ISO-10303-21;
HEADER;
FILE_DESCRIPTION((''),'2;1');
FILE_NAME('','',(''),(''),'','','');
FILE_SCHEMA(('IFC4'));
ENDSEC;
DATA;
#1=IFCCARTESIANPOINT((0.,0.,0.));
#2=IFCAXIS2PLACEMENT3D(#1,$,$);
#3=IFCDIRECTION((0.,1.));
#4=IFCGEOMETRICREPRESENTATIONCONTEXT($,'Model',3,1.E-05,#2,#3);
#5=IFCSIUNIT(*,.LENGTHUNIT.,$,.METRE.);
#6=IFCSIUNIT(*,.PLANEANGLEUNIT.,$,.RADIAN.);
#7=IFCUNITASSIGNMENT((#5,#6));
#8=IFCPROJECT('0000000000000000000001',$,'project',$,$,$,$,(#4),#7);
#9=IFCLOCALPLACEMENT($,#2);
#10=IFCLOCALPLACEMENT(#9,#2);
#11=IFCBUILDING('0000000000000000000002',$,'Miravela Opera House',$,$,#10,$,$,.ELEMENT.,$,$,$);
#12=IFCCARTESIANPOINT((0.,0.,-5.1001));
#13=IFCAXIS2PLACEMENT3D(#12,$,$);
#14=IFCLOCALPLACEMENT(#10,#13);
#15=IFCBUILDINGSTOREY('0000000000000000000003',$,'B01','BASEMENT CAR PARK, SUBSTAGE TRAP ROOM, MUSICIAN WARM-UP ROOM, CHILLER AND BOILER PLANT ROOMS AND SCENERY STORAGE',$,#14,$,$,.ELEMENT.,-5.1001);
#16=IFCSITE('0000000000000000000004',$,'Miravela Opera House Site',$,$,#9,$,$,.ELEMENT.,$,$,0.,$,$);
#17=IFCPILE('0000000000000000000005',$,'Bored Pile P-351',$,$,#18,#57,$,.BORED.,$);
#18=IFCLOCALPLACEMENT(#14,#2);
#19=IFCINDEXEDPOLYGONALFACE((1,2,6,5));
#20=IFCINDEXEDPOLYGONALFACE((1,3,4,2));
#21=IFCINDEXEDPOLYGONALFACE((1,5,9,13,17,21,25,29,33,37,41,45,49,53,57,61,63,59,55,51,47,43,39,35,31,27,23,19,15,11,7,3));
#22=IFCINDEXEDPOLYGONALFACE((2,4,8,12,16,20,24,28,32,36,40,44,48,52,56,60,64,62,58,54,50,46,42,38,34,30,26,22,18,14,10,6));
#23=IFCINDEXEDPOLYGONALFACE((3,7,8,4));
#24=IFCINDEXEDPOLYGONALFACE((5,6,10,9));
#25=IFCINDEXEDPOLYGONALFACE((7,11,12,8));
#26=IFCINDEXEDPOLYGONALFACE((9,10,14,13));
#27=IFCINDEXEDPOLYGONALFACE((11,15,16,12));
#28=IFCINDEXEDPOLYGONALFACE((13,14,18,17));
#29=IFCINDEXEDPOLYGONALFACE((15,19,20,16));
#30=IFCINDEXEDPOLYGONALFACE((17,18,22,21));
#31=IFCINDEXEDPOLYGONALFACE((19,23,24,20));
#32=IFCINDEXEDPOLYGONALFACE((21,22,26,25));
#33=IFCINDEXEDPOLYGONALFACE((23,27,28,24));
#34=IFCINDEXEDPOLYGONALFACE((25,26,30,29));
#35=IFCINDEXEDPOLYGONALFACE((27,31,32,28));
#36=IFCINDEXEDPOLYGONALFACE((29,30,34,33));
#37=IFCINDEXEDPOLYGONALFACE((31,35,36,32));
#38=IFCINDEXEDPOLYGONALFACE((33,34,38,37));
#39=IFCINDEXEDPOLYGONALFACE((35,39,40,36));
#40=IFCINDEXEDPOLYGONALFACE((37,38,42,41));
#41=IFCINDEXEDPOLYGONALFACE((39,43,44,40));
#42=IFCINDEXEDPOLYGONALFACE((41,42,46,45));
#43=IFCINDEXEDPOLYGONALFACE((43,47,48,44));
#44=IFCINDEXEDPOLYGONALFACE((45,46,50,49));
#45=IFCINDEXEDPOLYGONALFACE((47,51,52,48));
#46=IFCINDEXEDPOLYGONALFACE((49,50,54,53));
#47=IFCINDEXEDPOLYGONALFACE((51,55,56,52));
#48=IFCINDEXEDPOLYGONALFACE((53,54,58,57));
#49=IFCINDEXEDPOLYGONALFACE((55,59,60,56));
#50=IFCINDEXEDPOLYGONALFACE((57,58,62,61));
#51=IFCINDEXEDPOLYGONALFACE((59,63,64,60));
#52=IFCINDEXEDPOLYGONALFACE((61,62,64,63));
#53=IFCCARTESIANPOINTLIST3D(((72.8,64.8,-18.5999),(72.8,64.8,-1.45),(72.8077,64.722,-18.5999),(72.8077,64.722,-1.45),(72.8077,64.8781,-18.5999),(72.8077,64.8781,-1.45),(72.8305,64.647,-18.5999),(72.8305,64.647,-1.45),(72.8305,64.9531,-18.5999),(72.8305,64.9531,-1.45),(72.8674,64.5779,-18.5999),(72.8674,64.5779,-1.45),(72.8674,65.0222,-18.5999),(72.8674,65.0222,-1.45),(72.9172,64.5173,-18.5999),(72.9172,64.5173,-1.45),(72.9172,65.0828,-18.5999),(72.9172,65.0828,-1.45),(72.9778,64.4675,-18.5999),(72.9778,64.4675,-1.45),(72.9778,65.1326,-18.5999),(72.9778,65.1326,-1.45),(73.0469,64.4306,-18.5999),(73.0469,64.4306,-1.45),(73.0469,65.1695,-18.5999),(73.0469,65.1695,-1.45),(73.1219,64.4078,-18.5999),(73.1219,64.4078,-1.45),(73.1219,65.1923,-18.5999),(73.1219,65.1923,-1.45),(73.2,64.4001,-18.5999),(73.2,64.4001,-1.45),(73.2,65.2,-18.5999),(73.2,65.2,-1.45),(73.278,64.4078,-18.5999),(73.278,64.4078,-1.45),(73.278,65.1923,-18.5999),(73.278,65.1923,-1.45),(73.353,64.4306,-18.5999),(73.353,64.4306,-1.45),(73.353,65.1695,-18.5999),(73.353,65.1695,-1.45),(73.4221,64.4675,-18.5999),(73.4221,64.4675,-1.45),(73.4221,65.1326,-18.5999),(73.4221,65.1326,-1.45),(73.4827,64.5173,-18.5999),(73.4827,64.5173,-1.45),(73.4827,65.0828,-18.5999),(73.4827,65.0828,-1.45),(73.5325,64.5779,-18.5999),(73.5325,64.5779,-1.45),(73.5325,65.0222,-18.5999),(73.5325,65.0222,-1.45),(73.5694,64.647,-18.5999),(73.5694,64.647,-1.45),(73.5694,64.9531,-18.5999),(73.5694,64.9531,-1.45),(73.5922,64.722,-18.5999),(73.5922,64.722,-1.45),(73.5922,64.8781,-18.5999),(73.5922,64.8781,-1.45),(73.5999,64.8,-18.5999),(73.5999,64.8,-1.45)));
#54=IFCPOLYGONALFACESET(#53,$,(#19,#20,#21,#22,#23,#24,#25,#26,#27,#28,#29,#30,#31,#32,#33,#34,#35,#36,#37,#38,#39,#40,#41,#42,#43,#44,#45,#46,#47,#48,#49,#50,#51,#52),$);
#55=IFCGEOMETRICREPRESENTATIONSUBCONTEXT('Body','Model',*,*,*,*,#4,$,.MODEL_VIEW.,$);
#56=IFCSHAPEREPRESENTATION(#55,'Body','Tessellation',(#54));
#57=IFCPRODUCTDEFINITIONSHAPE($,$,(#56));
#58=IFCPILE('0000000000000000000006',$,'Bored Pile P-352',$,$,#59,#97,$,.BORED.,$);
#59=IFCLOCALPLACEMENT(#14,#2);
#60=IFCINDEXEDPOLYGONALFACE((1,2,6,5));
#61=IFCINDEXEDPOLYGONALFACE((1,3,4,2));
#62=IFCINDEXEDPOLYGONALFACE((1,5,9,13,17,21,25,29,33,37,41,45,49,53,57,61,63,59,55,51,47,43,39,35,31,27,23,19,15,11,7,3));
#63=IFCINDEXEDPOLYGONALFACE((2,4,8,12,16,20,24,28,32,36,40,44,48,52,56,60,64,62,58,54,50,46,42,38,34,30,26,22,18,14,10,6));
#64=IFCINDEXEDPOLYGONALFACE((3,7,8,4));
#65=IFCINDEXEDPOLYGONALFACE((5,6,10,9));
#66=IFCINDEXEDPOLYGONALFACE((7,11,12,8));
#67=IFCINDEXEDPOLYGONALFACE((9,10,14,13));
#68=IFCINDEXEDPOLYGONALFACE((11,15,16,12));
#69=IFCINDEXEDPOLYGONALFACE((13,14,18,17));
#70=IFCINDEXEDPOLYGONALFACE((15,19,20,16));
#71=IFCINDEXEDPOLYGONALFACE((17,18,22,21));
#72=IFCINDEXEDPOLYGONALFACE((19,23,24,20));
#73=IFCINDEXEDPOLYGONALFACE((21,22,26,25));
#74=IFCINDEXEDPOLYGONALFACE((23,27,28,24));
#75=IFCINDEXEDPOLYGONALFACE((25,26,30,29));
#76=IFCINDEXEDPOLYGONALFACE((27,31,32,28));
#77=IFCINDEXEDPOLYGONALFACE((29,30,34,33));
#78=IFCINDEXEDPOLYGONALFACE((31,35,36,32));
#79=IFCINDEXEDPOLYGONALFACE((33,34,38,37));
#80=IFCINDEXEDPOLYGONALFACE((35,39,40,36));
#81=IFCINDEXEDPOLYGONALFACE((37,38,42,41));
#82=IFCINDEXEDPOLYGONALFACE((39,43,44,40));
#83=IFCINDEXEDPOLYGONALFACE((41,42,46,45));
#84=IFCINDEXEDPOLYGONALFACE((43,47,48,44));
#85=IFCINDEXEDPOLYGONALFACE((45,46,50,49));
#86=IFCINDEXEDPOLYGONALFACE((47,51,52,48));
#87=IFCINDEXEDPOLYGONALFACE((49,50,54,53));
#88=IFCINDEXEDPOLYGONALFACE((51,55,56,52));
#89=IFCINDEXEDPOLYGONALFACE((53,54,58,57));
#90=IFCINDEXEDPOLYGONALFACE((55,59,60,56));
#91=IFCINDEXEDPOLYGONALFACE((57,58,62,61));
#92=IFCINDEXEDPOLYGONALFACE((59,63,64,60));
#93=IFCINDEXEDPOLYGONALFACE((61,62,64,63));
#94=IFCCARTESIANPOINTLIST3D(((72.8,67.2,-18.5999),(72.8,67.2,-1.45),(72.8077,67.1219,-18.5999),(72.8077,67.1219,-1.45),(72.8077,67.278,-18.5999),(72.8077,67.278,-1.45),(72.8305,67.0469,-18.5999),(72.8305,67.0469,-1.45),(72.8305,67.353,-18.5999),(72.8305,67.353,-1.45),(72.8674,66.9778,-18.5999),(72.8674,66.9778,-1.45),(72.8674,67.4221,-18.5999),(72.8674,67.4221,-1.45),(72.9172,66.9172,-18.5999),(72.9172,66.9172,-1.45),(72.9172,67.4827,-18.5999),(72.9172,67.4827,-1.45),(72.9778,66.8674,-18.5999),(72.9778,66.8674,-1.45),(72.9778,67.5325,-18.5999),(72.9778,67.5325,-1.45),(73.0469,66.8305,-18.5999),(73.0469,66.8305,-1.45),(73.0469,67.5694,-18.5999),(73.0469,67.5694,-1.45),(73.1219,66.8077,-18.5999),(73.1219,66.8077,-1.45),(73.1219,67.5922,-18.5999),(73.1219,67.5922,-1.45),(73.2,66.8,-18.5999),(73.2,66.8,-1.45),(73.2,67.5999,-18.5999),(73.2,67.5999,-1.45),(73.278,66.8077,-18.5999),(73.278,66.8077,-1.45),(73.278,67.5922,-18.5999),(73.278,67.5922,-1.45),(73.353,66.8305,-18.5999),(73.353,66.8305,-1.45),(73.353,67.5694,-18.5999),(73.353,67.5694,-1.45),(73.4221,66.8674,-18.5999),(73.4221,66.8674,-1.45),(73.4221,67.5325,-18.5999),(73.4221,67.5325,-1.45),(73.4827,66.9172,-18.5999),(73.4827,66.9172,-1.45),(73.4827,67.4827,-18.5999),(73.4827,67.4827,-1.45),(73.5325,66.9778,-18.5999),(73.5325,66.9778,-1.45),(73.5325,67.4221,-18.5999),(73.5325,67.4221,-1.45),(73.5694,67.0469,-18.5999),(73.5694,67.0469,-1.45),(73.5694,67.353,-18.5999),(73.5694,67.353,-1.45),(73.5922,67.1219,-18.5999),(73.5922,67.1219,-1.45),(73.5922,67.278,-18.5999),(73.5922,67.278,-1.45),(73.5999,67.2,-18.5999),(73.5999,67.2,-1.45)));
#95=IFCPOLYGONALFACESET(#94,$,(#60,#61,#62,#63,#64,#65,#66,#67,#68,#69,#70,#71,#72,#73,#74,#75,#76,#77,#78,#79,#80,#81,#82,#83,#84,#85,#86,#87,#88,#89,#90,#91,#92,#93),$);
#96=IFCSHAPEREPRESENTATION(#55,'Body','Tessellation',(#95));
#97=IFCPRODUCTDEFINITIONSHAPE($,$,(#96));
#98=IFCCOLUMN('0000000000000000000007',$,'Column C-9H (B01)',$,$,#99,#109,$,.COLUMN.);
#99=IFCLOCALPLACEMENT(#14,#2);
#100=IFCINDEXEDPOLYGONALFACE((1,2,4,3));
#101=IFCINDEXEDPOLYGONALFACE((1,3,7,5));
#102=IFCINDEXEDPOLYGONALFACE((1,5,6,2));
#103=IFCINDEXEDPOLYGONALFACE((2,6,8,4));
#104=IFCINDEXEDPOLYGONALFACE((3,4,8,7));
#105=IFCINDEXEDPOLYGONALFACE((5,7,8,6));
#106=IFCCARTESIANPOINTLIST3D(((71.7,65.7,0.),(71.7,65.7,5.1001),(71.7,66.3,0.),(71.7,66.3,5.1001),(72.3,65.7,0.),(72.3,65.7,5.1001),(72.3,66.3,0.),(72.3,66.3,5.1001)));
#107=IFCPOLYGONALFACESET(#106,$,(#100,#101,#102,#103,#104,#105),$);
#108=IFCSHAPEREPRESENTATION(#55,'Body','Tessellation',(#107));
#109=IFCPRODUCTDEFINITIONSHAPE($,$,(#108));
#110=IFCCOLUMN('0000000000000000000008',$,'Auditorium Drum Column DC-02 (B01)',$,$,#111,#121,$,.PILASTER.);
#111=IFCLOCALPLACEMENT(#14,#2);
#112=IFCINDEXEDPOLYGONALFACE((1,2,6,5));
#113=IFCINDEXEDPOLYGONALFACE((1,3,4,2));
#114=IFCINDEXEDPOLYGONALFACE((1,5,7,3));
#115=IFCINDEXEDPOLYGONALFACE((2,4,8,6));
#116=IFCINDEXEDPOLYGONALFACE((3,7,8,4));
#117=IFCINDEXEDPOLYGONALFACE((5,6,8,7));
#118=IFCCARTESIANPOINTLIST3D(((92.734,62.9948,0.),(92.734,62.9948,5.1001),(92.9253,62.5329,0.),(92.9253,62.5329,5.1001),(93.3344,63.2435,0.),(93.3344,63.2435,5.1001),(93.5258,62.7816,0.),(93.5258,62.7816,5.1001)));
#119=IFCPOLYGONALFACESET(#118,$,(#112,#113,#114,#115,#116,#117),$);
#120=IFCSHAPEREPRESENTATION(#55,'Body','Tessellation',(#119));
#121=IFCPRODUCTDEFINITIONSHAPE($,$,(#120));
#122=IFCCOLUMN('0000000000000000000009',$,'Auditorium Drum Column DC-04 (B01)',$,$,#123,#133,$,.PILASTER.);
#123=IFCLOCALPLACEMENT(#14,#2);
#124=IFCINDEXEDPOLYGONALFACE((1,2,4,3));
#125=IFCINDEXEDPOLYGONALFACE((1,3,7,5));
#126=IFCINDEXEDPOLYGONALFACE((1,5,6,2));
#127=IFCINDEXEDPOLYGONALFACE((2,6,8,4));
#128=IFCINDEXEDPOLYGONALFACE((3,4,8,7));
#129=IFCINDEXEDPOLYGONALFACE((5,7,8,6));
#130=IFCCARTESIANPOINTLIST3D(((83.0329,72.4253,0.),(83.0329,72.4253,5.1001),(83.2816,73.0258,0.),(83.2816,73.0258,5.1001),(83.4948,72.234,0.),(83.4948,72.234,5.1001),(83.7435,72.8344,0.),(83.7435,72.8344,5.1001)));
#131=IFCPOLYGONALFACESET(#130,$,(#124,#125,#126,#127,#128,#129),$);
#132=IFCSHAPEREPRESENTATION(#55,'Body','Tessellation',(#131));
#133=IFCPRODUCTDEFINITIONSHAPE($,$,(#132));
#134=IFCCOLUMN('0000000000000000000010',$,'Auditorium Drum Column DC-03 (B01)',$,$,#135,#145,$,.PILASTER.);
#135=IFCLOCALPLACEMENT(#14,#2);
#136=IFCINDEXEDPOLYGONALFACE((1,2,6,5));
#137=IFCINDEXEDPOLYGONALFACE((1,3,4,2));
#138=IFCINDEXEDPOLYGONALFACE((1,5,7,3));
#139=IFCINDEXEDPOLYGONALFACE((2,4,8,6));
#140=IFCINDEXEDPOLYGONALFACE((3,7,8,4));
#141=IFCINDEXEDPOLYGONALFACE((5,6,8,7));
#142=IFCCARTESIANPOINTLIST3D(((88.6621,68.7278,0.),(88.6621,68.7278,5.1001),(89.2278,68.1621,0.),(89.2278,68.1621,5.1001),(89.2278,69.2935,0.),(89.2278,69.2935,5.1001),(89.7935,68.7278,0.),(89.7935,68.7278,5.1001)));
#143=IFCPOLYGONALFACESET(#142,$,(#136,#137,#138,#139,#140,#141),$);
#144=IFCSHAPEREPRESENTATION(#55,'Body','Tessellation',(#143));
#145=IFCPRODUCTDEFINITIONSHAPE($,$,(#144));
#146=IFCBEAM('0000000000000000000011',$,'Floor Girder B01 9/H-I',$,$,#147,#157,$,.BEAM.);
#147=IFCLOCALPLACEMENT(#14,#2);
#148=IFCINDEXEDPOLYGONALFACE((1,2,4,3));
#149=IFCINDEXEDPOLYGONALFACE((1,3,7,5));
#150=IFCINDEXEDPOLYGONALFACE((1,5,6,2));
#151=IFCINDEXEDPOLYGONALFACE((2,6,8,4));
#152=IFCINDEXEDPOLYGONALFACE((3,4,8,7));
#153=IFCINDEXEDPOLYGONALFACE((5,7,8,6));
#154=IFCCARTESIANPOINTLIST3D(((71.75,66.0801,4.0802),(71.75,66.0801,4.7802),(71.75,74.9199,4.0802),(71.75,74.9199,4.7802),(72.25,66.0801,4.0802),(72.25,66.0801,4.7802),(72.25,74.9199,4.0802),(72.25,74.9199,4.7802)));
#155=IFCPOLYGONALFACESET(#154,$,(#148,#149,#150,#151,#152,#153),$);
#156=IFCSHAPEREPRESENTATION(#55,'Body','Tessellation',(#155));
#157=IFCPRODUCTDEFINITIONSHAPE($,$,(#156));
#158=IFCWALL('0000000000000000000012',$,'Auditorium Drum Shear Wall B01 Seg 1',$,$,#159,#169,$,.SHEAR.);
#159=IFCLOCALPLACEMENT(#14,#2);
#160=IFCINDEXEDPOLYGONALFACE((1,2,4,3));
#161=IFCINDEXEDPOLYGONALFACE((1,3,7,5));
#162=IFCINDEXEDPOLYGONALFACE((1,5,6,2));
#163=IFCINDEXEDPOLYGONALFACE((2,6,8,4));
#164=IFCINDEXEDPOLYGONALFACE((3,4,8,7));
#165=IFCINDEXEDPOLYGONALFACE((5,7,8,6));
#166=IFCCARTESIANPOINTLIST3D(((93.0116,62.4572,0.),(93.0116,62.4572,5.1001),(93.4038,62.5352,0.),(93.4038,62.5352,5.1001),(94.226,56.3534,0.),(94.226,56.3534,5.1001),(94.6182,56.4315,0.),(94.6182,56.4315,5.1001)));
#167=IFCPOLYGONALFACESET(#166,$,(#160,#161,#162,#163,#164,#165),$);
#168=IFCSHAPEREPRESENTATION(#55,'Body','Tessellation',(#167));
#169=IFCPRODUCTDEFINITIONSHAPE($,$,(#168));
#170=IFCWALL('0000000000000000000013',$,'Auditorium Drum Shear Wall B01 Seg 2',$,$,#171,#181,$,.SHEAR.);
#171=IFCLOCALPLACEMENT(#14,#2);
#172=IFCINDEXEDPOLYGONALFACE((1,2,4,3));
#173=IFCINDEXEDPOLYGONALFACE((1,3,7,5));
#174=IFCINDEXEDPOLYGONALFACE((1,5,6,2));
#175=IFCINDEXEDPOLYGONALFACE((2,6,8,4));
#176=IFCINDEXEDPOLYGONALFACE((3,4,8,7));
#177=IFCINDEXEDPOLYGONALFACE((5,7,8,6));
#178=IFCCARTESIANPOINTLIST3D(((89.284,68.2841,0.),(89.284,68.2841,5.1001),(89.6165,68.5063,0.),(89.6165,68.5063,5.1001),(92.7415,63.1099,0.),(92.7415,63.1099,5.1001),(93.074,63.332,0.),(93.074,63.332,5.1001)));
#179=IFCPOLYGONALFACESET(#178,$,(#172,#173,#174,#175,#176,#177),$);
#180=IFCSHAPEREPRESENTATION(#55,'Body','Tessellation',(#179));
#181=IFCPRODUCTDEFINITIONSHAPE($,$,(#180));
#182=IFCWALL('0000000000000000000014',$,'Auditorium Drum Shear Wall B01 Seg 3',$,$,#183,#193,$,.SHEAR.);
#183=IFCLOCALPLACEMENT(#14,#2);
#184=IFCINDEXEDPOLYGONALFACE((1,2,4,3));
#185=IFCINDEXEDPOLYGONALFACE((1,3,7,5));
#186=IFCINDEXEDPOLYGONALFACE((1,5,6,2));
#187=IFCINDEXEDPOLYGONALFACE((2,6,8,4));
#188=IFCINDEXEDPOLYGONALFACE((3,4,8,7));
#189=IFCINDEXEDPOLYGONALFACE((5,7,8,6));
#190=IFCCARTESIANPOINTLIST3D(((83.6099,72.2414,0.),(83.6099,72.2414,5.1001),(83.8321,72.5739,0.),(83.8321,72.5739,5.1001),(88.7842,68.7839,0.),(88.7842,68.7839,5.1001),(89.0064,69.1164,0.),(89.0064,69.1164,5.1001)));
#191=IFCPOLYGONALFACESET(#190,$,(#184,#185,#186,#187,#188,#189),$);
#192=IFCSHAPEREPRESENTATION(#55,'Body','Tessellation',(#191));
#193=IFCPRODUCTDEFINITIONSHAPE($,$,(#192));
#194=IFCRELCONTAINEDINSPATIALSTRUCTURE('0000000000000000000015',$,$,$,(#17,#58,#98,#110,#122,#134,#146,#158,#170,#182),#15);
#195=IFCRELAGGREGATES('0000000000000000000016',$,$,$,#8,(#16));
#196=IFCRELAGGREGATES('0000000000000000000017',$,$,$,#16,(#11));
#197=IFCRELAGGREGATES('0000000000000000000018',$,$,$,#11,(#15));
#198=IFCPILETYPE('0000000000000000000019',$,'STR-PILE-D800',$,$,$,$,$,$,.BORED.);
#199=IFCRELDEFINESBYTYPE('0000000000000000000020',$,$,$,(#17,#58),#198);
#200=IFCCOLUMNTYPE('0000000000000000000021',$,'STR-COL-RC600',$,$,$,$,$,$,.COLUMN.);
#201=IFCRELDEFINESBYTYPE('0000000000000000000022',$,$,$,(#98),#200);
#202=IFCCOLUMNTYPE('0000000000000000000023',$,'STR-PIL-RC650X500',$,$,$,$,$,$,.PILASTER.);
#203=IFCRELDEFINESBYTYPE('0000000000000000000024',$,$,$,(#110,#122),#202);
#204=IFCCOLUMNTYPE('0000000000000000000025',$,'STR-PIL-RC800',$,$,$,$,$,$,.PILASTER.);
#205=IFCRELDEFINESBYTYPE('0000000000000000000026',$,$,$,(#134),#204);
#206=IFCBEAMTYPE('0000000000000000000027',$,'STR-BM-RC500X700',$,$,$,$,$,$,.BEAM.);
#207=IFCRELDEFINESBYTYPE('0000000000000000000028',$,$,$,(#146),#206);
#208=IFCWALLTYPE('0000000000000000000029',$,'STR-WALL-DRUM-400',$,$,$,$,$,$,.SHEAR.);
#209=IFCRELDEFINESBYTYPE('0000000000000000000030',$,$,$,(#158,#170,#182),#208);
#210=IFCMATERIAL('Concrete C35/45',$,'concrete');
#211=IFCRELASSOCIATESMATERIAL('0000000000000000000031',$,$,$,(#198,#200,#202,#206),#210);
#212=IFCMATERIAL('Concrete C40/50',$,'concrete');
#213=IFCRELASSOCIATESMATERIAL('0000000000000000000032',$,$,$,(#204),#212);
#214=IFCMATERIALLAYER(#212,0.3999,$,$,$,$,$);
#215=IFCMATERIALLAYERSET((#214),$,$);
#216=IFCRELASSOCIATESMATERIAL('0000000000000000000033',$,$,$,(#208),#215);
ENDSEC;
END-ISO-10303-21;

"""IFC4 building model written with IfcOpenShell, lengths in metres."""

from ifc_helpers import new_model, si_unit, direction, frame, frame_2d, origin, origin_2d, place, context, subcontext, project, spatial, rectangle, circle, extrude, material, layer, layer_set, material_profile, profile_set, type_object, element, save


model = new_model("IFC4")

# Units and contexts
model_context = context("Model", 3, precision=1e-05, world=origin(), true_north=direction((0.0, 1.0)))
body_context = subcontext(model_context, "Body", "Model", "MODEL_VIEW")
ifc_project = project(units=[si_unit("LENGTHUNIT", "METRE"), si_unit("PLANEANGLEUNIT", "RADIAN")], contexts=[model_context])

# Site, building, storey
site_placement = place(None, origin())
site = spatial("IfcSite", under=ifc_project, at=site_placement, Name="Miravela Opera House Site", CompositionType="ELEMENT", RefElevation=0.0)
building_placement = place(site_placement, origin())
building = spatial("IfcBuilding", under=site, at=building_placement, Name="Miravela Opera House", CompositionType="ELEMENT")
storey_placement = place(building_placement, frame((0.0, 0.0, -5.1001)))
storey = spatial("IfcBuildingStorey", under=building, at=storey_placement, Name="B01", Description="BASEMENT CAR PARK, SUBSTAGE TRAP ROOM, MUSICIAN WARM-UP ROOM, CHILLER AND BOILER PLANT ROOMS AND SCENERY STORAGE", CompositionType="ELEMENT", Elevation=-5.1001)

# Shared definitions
ifc_material_1 = material(Name="Concrete C35/45", Category="concrete")

# Piles
ifc_material_profile_1 = material_profile(ifc_material_1, circle(Radius=0.3999, at=origin_2d()), Name="PILE-D800")
ifc_profile_set_1 = profile_set([ifc_material_profile_1])
pile_type_1 = type_object("IfcPileType", Name="STR-PILE-D800", PredefinedType="BORED", material=ifc_profile_set_1)
for number, where, z_axis, x_axis, name in (
    (1, (73.2, 64.8, -1.45), (0.0, 0.0, -1.0), (1.0, 0.0, 0.0), "Bored Pile P-351"),
    (2, (73.2, 67.2, -1.45), (0.0, 0.0, -1.0), (1.0, 0.0, 0.0), "Bored Pile P-352"),
):
    element("IfcPile", number, at=place(storey_placement, frame(where, z_axis=z_axis, x_axis=x_axis)), inside=storey, type_object=pile_type_1, Name=name, PredefinedType="BORED", context=body_context, shape_type="SweptSolid", body=[
        extrude(circle(Radius=0.3999, at=origin_2d()), origin(), (0.0, 0.0, 1.0), 17.1499),
    ])

# Columns
ifc_material_profile_2 = material_profile(ifc_material_1, rectangle(XDim=0.6001, YDim=0.6001, at=origin_2d()), Name="RC-COL-600X600")
ifc_profile_set_2 = profile_set([ifc_material_profile_2])
column_type_1 = type_object("IfcColumnType", Name="STR-COL-RC600", PredefinedType="COLUMN", material=ifc_profile_set_2)
column_1_placement = place(storey_placement, frame((72.0, 66.0, 0.0), z_axis=(0.0, 0.0, 1.0), x_axis=(1.0, 0.0, 0.0)))
element("IfcColumn", 3, at=column_1_placement, inside=storey, type_object=column_type_1, Name="Column C-9H (B01)", PredefinedType="COLUMN", context=body_context, shape_type="SweptSolid", body=[
    extrude(rectangle(XDim=0.6001, YDim=0.6001, at=origin_2d()), origin(), (0.0, 0.0, 1.0), 5.1001),
])
ifc_material_profile_3 = material_profile(ifc_material_1, rectangle(XDim=0.6499, YDim=0.5, at=origin_2d()), Name="RC-PIL-650X500")
ifc_profile_set_3 = profile_set([ifc_material_profile_3])
column_type_2 = type_object("IfcColumnType", Name="STR-PIL-RC650X500", PredefinedType="PILASTER", material=ifc_profile_set_3)
for number, where, z_axis, x_axis, name in (
    (4, (93.1299, 62.8882, 0.0), (0.0, 0.0, 1.0), (0.92388, 0.382683, 0.0), "Auditorium Drum Column DC-02 (B01)"),
    (5, (83.3882, 72.6299, 0.0), (0.0, 0.0, 1.0), (0.382683, 0.92388, 0.0), "Auditorium Drum Column DC-04 (B01)"),
):
    element("IfcColumn", number, at=place(storey_placement, frame(where, z_axis=z_axis, x_axis=x_axis)), inside=storey, type_object=column_type_2, Name=name, PredefinedType="PILASTER", context=body_context, shape_type="SweptSolid", body=[
        extrude(rectangle(XDim=0.6499, YDim=0.5, at=origin_2d()), origin(), (0.0, 0.0, 1.0), 5.1001),
    ])
ifc_material_2 = material(Name="Concrete C40/50", Category="concrete")
ifc_material_profile_4 = material_profile(ifc_material_2, rectangle(XDim=0.8, YDim=0.8, at=origin_2d()), Name="RC-COL-800X800")
ifc_profile_set_4 = profile_set([ifc_material_profile_4])
column_type_3 = type_object("IfcColumnType", Name="STR-PIL-RC800", PredefinedType="PILASTER", material=ifc_profile_set_4)
column_2_placement = place(storey_placement, frame((89.2278, 68.7278, 0.0), z_axis=(0.0, 0.0, 1.0), x_axis=(0.707107, 0.707107, 0.0)))
element("IfcColumn", 6, at=column_2_placement, inside=storey, type_object=column_type_3, Name="Auditorium Drum Column DC-03 (B01)", PredefinedType="PILASTER", context=body_context, shape_type="SweptSolid", body=[
    extrude(rectangle(XDim=0.8, YDim=0.8, at=origin_2d()), origin(), (0.0, 0.0, 1.0), 5.1001),
])

# Beam
ifc_material_profile_5 = material_profile(ifc_material_1, rectangle(XDim=0.5, YDim=0.7, at=origin_2d()), Name="RC-BM-500X700")
ifc_profile_set_5 = profile_set([ifc_material_profile_5])
beam_type = type_object("IfcBeamType", Name="STR-BM-RC500X700", PredefinedType="BEAM", material=ifc_profile_set_5)
beam_placement = place(storey_placement, frame((72.0, 66.0801, 4.4302), z_axis=(0.0, 1.0, 0.0), x_axis=(-1.0, 0.0, 0.0)))
element("IfcBeam", 7, at=beam_placement, inside=storey, type_object=beam_type, Name="Floor Girder B01 9/H-I", PredefinedType="BEAM", context=body_context, shape_type="SweptSolid", body=[
    extrude(rectangle(XDim=0.5, YDim=0.7, at=origin_2d()), origin(), (0.0, 0.0, 1.0), 8.8398),
])

# Walls
ifc_layer_1 = layer(ifc_material_2, 0.3999)
ifc_layer_set_1 = layer_set([ifc_layer_1])
wall_type_1 = type_object("IfcWallType", Name="STR-WALL-DRUM-400", PredefinedType="SHEAR", material=ifc_layer_set_1)
wall_1_placement = place(storey_placement, frame((94.4221, 56.3923, 0.0), z_axis=(0.0, 0.0, 1.0), x_axis=(-0.195128, 0.980778, 0.0)))
element("IfcWall", 8, at=wall_1_placement, inside=storey, type_object=wall_type_1, Name="Auditorium Drum Shear Wall B01 Seg 1", PredefinedType="SHEAR", context=body_context, shape_type="SweptSolid", body=[
    extrude(rectangle(XDim=6.2234, YDim=0.3999, at=frame_2d((3.1118, 0.0))), origin(), (0.0, 0.0, 1.0), 5.1001),
])
for number, where, z_axis, x_axis, name in (
    (9, (92.9077, 63.2209, 0.0), (0.0, 0.0, 1.0), (-0.555587, 0.831458, 0.0), "Auditorium Drum Shear Wall B01 Seg 2"),
    (10, (88.8953, 68.9502, 0.0), (0.0, 0.0, 1.0), (-0.831458, 0.555587, 0.0), "Auditorium Drum Shear Wall B01 Seg 3"),
):
    element("IfcWall", number, at=place(storey_placement, frame(where, z_axis=z_axis, x_axis=x_axis)), inside=storey, type_object=wall_type_1, Name=name, PredefinedType="SHEAR", context=body_context, shape_type="SweptSolid", body=[
        extrude(rectangle(XDim=6.2231, YDim=0.3999, at=frame_2d((3.1116, 0.0))), origin(), (0.0, 0.0, 1.0), 5.1001),
    ])

save(model, "model.ifc")
